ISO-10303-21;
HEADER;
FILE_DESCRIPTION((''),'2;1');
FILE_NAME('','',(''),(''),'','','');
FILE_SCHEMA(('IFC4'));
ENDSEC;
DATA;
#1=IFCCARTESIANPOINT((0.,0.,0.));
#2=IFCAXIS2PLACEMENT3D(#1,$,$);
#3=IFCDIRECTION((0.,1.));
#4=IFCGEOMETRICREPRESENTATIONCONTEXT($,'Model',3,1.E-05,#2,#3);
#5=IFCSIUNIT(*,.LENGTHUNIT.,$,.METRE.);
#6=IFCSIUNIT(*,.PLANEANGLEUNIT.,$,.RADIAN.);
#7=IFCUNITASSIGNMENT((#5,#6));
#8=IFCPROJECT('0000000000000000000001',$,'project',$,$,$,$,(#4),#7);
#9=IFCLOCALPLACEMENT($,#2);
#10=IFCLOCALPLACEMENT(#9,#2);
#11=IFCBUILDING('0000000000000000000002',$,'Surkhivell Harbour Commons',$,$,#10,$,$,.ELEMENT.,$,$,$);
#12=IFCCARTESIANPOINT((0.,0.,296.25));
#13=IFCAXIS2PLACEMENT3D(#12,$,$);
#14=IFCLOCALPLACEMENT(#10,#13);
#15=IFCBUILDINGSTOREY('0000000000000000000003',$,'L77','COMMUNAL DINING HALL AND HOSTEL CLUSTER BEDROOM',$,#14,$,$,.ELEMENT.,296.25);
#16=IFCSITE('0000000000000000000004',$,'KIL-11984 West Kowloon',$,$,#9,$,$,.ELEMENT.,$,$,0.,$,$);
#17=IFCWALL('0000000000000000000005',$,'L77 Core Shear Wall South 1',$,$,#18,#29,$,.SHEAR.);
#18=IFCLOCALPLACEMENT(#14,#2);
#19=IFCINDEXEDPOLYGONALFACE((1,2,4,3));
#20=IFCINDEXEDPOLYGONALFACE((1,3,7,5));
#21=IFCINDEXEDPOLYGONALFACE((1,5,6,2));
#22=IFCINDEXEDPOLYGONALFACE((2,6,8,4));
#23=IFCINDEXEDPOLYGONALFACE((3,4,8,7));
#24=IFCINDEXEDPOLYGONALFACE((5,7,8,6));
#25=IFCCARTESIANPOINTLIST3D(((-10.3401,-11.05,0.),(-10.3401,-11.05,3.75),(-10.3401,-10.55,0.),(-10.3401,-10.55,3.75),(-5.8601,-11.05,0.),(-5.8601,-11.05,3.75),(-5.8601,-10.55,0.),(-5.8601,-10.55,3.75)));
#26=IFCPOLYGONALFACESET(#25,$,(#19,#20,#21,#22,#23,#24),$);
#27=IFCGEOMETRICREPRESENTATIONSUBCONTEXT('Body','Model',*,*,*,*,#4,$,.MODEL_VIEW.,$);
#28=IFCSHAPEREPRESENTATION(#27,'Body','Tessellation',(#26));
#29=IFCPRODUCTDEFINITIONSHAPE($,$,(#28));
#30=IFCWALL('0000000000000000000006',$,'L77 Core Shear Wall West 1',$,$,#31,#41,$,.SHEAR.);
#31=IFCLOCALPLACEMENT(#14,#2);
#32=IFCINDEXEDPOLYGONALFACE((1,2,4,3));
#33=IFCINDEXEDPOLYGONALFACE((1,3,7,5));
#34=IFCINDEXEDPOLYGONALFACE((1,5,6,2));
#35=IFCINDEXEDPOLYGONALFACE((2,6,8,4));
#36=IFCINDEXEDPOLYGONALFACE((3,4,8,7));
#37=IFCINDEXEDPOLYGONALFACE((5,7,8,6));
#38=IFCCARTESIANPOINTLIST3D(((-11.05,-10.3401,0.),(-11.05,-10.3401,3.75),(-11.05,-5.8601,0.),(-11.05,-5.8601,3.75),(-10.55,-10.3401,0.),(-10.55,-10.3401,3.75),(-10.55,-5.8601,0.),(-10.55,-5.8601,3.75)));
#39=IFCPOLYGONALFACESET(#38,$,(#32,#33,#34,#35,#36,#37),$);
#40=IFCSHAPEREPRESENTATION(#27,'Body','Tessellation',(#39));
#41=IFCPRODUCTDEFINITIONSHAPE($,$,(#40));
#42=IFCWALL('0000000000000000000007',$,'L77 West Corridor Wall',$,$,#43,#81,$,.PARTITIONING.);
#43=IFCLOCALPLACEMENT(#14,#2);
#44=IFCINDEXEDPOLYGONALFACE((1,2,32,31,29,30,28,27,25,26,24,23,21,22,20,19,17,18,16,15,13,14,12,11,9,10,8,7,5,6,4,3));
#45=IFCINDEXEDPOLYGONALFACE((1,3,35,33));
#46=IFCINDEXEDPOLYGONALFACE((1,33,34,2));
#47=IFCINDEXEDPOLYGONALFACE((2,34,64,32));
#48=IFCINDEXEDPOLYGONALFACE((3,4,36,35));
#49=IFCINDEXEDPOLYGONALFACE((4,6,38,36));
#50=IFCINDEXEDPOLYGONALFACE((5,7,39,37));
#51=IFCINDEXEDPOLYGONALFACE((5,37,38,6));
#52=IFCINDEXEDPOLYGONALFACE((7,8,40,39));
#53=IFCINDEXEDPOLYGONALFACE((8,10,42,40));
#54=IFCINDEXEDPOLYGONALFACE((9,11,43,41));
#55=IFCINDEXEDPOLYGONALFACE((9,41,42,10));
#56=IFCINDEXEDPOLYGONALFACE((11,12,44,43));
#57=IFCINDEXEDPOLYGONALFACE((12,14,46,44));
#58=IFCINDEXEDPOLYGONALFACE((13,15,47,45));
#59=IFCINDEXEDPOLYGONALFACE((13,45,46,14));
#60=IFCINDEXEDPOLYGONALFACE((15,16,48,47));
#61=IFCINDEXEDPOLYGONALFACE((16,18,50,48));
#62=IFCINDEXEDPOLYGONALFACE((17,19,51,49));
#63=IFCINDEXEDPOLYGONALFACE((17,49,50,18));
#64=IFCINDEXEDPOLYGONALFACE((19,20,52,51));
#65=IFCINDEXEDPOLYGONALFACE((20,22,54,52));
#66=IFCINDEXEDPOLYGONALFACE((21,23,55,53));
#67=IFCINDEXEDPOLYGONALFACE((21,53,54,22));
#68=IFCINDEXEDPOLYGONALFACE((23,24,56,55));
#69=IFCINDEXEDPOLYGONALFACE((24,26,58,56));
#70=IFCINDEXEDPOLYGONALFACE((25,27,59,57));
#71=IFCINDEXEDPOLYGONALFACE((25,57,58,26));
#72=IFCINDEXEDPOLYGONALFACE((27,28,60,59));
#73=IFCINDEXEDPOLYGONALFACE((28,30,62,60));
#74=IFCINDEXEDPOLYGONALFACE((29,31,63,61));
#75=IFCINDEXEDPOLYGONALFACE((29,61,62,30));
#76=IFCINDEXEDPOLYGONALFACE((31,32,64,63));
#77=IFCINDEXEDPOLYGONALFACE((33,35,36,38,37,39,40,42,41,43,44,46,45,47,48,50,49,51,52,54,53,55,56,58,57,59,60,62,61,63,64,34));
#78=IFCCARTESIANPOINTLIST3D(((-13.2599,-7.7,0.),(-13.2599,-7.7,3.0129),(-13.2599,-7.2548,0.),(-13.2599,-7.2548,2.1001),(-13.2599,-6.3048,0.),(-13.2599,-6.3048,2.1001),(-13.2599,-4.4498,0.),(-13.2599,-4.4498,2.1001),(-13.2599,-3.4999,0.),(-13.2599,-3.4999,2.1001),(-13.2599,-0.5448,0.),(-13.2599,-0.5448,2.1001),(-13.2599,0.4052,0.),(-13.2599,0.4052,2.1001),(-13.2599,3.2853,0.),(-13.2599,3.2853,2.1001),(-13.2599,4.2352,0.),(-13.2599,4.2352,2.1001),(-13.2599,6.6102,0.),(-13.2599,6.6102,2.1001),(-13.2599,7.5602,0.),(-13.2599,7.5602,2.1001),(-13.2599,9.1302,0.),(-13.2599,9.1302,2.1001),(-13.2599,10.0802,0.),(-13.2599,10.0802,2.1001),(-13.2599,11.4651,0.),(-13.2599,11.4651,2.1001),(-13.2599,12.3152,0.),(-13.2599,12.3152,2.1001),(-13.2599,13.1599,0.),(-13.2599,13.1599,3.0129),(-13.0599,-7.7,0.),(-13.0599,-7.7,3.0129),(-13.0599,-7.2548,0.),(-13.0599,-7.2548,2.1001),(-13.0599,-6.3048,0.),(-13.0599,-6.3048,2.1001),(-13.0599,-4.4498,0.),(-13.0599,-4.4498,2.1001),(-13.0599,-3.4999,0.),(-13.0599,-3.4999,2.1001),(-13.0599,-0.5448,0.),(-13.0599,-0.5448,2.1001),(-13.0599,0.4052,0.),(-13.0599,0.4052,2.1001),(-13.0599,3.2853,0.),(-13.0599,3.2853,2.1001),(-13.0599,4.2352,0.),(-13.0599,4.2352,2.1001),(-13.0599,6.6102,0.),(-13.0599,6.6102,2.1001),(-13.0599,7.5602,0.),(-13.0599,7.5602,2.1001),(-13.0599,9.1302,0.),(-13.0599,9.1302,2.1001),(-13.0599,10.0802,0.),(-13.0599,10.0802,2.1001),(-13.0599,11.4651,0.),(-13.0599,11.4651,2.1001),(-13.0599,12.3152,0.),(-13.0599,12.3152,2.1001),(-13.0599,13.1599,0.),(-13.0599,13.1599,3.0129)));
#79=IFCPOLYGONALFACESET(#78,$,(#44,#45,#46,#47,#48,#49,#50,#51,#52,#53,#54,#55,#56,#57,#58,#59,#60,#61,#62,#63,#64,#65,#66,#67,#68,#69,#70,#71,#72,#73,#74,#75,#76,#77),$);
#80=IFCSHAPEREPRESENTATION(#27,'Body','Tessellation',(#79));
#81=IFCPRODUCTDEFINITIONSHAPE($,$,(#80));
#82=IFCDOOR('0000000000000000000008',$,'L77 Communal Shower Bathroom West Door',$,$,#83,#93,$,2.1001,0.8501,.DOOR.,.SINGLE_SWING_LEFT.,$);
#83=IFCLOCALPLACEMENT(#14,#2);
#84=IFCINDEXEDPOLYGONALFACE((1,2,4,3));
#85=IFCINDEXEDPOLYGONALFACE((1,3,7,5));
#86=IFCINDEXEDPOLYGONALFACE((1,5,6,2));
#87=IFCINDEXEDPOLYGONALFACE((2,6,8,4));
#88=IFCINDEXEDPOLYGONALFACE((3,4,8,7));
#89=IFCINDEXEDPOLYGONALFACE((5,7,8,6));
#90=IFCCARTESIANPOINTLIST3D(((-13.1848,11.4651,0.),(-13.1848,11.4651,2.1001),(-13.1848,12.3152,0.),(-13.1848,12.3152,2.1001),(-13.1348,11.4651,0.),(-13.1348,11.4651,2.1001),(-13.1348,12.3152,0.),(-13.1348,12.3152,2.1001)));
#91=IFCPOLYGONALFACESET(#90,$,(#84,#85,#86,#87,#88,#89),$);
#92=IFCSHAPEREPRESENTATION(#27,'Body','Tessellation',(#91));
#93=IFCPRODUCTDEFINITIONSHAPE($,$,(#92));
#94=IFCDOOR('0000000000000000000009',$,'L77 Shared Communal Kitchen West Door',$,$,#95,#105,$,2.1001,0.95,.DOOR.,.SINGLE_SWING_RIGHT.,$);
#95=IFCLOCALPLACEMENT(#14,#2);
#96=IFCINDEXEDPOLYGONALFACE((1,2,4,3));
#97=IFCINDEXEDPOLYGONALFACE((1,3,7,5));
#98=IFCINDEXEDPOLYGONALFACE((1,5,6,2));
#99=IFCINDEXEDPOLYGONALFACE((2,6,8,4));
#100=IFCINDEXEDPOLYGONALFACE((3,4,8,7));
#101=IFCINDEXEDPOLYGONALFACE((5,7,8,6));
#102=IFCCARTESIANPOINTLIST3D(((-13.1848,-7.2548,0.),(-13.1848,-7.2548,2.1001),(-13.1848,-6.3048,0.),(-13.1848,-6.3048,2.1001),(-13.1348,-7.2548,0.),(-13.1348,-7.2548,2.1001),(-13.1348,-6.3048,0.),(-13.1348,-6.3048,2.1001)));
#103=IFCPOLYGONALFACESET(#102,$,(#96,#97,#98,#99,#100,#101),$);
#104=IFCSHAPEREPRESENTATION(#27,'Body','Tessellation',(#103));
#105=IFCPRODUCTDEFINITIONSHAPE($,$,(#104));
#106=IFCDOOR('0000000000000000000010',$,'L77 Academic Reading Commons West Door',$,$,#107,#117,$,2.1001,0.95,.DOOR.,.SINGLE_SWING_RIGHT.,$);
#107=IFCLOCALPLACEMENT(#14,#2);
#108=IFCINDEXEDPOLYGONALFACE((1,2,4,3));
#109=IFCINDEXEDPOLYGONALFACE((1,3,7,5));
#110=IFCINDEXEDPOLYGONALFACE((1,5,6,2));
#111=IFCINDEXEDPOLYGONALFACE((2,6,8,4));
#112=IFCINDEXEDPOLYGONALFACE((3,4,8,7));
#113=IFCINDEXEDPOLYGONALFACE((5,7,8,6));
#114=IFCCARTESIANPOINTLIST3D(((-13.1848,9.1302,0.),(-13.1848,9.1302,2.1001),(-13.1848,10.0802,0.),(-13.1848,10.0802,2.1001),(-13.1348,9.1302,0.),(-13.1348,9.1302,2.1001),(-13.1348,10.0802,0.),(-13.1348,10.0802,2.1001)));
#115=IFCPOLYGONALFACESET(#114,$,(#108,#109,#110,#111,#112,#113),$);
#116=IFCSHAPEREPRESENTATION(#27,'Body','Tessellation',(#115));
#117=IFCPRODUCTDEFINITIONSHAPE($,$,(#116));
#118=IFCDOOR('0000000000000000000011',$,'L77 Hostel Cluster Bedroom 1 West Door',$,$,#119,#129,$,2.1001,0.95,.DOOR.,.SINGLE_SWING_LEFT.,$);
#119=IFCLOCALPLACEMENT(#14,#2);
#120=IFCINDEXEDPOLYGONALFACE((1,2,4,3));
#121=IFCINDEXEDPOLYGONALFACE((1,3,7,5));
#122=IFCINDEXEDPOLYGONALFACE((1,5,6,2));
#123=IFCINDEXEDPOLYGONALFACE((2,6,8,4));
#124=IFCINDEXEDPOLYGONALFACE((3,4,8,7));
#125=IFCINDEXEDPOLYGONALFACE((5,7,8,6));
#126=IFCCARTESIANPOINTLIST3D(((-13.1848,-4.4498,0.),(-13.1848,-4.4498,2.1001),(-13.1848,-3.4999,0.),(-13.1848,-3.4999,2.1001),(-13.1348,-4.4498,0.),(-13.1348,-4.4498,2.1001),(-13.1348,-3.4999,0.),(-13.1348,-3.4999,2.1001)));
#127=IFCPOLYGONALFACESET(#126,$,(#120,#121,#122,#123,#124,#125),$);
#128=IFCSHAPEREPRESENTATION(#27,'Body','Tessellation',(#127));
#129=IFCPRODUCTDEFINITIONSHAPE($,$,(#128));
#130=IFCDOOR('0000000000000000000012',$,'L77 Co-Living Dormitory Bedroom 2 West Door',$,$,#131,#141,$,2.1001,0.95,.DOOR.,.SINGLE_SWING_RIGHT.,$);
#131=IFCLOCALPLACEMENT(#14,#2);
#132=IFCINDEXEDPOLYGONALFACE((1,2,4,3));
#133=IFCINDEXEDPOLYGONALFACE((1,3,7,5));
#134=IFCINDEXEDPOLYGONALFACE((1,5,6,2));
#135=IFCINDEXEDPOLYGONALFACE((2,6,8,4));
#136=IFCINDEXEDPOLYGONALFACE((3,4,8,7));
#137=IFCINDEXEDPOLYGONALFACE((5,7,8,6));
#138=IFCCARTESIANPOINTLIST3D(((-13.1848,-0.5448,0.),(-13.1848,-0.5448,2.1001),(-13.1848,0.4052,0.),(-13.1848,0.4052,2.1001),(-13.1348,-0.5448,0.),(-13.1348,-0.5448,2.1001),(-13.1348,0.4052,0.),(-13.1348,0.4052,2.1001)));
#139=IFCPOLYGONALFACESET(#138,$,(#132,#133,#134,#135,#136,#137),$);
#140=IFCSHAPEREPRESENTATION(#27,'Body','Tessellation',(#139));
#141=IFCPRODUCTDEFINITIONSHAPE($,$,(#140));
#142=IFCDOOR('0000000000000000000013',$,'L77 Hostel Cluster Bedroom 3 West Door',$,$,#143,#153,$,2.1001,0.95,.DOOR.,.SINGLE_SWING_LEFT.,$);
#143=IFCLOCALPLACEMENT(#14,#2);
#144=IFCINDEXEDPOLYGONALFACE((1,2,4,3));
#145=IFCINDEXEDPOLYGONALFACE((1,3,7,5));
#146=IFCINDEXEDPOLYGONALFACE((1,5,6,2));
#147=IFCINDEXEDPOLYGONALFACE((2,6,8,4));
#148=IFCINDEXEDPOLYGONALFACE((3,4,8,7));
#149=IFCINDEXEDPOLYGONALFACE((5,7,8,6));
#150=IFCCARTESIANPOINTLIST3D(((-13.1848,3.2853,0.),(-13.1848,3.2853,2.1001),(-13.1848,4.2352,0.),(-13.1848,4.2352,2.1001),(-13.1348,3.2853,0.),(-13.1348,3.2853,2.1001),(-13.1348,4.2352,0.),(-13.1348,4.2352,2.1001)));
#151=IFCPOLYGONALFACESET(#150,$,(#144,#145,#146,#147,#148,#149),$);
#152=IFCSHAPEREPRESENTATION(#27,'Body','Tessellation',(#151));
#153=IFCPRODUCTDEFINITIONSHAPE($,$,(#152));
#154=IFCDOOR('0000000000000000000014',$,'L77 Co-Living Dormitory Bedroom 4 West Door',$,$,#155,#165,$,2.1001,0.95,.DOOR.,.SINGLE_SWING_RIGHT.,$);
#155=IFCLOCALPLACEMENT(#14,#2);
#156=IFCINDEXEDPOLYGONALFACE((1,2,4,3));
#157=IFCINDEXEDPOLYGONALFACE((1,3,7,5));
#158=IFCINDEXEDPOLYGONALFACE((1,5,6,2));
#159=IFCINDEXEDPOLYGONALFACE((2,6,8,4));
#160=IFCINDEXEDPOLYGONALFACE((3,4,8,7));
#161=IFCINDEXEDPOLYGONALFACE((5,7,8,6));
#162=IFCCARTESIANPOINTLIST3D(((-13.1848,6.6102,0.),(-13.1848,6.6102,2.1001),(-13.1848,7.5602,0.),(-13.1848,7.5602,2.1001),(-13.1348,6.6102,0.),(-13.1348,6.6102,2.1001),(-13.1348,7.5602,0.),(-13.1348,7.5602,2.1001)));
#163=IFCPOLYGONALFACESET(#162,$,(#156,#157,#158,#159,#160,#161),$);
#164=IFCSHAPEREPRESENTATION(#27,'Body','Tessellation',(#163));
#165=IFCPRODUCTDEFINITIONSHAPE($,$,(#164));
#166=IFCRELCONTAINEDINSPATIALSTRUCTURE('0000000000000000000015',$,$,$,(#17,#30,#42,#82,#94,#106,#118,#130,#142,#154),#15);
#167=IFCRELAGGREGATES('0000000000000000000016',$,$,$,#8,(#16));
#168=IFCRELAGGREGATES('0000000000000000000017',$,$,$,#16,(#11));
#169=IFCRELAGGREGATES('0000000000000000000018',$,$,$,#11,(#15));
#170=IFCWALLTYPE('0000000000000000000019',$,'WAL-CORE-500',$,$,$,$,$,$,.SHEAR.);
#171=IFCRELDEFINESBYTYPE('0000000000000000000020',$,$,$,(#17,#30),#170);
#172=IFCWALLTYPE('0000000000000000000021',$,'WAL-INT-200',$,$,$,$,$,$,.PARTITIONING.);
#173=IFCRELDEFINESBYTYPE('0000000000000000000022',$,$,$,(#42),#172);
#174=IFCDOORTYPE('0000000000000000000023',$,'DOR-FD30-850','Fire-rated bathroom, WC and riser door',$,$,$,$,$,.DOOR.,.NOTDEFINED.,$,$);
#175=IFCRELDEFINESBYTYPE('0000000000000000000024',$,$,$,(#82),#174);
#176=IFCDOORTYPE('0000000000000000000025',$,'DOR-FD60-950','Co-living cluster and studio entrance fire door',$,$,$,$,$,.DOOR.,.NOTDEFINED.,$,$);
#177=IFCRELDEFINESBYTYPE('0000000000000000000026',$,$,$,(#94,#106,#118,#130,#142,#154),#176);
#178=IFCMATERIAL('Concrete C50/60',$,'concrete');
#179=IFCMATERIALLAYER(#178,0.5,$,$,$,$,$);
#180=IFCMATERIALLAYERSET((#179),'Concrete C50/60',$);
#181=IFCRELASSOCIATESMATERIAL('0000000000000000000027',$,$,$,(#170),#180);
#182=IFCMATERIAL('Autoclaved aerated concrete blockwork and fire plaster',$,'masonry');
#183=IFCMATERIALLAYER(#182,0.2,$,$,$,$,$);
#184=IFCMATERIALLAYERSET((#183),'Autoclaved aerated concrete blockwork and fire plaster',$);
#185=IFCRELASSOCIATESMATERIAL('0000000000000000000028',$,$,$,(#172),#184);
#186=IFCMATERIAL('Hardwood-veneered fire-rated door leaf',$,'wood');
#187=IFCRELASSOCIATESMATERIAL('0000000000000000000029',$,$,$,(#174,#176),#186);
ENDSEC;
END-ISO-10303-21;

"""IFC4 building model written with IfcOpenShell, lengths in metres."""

from ifc_helpers import new_model, si_unit, direction, frame, frame_2d, origin, place, context, subcontext, project, spatial, rectangle, extrude, material, layer, layer_set, type_object, element, fill, save


model = new_model("IFC4")

# Units and contexts
model_context = context("Model", 3, precision=1e-05, world=origin(), true_north=direction((0.0, 1.0)))
body_context = subcontext(model_context, "Body", "Model", "MODEL_VIEW")
ifc_project = project(units=[si_unit("LENGTHUNIT", "METRE"), si_unit("PLANEANGLEUNIT", "RADIAN")], contexts=[model_context])

# Site, building, storey
site_placement = place(None, origin())
site = spatial("IfcSite", under=ifc_project, at=site_placement, Name="KIL-11984 West Kowloon", CompositionType="ELEMENT", RefElevation=0.0)
building_placement = place(site_placement, origin())
building = spatial("IfcBuilding", under=site, at=building_placement, Name="Surkhivell Harbour Commons", CompositionType="ELEMENT")
storey_placement = place(building_placement, frame((0.0, 0.0, 296.25)))
storey = spatial("IfcBuildingStorey", under=building, at=storey_placement, Name="L77", Description="COMMUNAL DINING HALL AND HOSTEL CLUSTER BEDROOM", CompositionType="ELEMENT", Elevation=296.25)

# Walls
ifc_material_1 = material(Name="Concrete C50/60", Category="concrete")
ifc_layer_1 = layer(ifc_material_1, 0.5)
ifc_layer_set_1 = layer_set([ifc_layer_1], Name="Concrete C50/60")
wall_type_1 = type_object("IfcWallType", Name="WAL-CORE-500", PredefinedType="SHEAR", material=ifc_layer_set_1)
for number, where, z_axis, x_axis, name in (
    (1, (-10.3401, -10.8, 0.0), (0.0, 0.0, 1.0), (1.0, 0.0, 0.0), "L77 Core Shear Wall South 1"),
    (2, (-10.8, -10.3401, 0.0), (0.0, 0.0, 1.0), (0.0, 1.0, 0.0), "L77 Core Shear Wall West 1"),
):
    element("IfcWall", number, at=place(storey_placement, frame(where, z_axis=z_axis, x_axis=x_axis)), inside=storey, type_object=wall_type_1, Name=name, PredefinedType="SHEAR", context=body_context, shape_type="SweptSolid", body=[
        extrude(rectangle(XDim=4.48, YDim=0.5, at=frame_2d((2.24, 0.0))), origin(), (0.0, 0.0, 1.0), 3.75),
    ])

# Wall, openings, doors
ifc_material_2 = material(Name="Autoclaved aerated concrete blockwork and fire plaster", Category="masonry")
ifc_layer_2 = layer(ifc_material_2, 0.2)
ifc_layer_set_2 = layer_set([ifc_layer_2], Name="Autoclaved aerated concrete blockwork and fire plaster")
wall_type_2 = type_object("IfcWallType", Name="WAL-INT-200", PredefinedType="PARTITIONING", material=ifc_layer_set_2)
wall_1_placement = place(storey_placement, frame((-13.1599, -7.7, 0.0), z_axis=(0.0, 0.0, 1.0), x_axis=(0.0, 1.0, 0.0)))
wall_1 = element("IfcWall", 3, at=wall_1_placement, inside=storey, type_object=wall_type_2, Name="L77 West Corridor Wall", PredefinedType="PARTITIONING", context=body_context, shape_type="SweptSolid", body=[
    extrude(rectangle(XDim=20.8599, YDim=0.2, at=frame_2d((10.4299, 0.0))), origin(), (0.0, 0.0, 1.0), 3.0129),
])
opening_1_placement = place(wall_1_placement, frame((0.4451, 0.0, 0.0)))
opening_1 = element("IfcOpeningElement", 4, at=opening_1_placement, cuts=wall_1, PredefinedType="OPENING", context=body_context, shape_type="SweptSolid", body=[
    extrude(rectangle(XDim=0.95, YDim=2.1001, at=frame_2d((0.4751, 1.05))), frame((0.0, 0.1099, 0.0), z_axis=(0.0, -1.0, 0.0), x_axis=(1.0, 0.0, 0.0)), (0.0, 0.0, 1.0), 0.22),
])
opening_2_placement = place(wall_1_placement, frame((19.165, 0.0, 0.0)))
opening_2 = element("IfcOpeningElement", 5, at=opening_2_placement, cuts=wall_1, PredefinedType="OPENING", context=body_context, shape_type="SweptSolid", body=[
    extrude(rectangle(XDim=0.8501, YDim=2.1001, at=frame_2d((0.425, 1.05))), frame((0.0, 0.1099, 0.0), z_axis=(0.0, -1.0, 0.0), x_axis=(1.0, 0.0, 0.0)), (0.0, 0.0, 1.0), 0.22),
])
opening_3_placement = place(wall_1_placement, frame((16.8301, 0.0, 0.0)))
opening_3 = element("IfcOpeningElement", 6, at=opening_3_placement, cuts=wall_1, PredefinedType="OPENING", context=body_context, shape_type="SweptSolid", body=[
    extrude(rectangle(XDim=0.95, YDim=2.1001, at=frame_2d((0.4751, 1.05))), frame((0.0, 0.1099, 0.0), z_axis=(0.0, -1.0, 0.0), x_axis=(1.0, 0.0, 0.0)), (0.0, 0.0, 1.0), 0.22),
])
opening_4_placement = place(wall_1_placement, frame((3.25, 0.0, 0.0)))
opening_4 = element("IfcOpeningElement", 7, at=opening_4_placement, cuts=wall_1, PredefinedType="OPENING", context=body_context, shape_type="SweptSolid", body=[
    extrude(rectangle(XDim=0.95, YDim=2.1001, at=frame_2d((0.4751, 1.05))), frame((0.0, 0.1099, 0.0), z_axis=(0.0, -1.0, 0.0), x_axis=(1.0, 0.0, 0.0)), (0.0, 0.0, 1.0), 0.22),
])
opening_5_placement = place(wall_1_placement, frame((7.155, 0.0, 0.0)))
opening_5 = element("IfcOpeningElement", 8, at=opening_5_placement, cuts=wall_1, PredefinedType="OPENING", context=body_context, shape_type="SweptSolid", body=[
    extrude(rectangle(XDim=0.95, YDim=2.1001, at=frame_2d((0.4751, 1.05))), frame((0.0, 0.1099, 0.0), z_axis=(0.0, -1.0, 0.0), x_axis=(1.0, 0.0, 0.0)), (0.0, 0.0, 1.0), 0.22),
])
opening_6_placement = place(wall_1_placement, frame((10.9851, 0.0, 0.0)))
opening_6 = element("IfcOpeningElement", 9, at=opening_6_placement, cuts=wall_1, PredefinedType="OPENING", context=body_context, shape_type="SweptSolid", body=[
    extrude(rectangle(XDim=0.95, YDim=2.1001, at=frame_2d((0.4751, 1.05))), frame((0.0, 0.1099, 0.0), z_axis=(0.0, -1.0, 0.0), x_axis=(1.0, 0.0, 0.0)), (0.0, 0.0, 1.0), 0.22),
])
opening_7_placement = place(wall_1_placement, frame((14.3101, 0.0, 0.0)))
opening_7 = element("IfcOpeningElement", 10, at=opening_7_placement, cuts=wall_1, PredefinedType="OPENING", context=body_context, shape_type="SweptSolid", body=[
    extrude(rectangle(XDim=0.95, YDim=2.1001, at=frame_2d((0.4751, 1.05))), frame((0.0, 0.1099, 0.0), z_axis=(0.0, -1.0, 0.0), x_axis=(1.0, 0.0, 0.0)), (0.0, 0.0, 1.0), 0.22),
])
ifc_material_3 = material(Name="Hardwood-veneered fire-rated door leaf", Category="wood")
door_type_1 = type_object("IfcDoorType", Name="DOR-FD30-850", Description="Fire-rated bathroom, WC and riser door", OperationType="NOTDEFINED", PredefinedType="DOOR", material=ifc_material_3)
door_1_placement = place(opening_2_placement, origin())
door_1 = element("IfcDoor", 11, at=door_1_placement, inside=storey, type_object=door_type_1, Name="L77 Communal Shower Bathroom West Door", OperationType="SINGLE_SWING_LEFT", OverallHeight=2.1001, OverallWidth=0.8501, PredefinedType="DOOR", context=body_context, shape_type="SweptSolid", body=[
    extrude(rectangle(XDim=0.8501, YDim=2.1001, at=frame_2d((0.425, 1.05))), frame((0.0, 0.0249, 0.0), z_axis=(0.0, -1.0, 0.0), x_axis=(1.0, 0.0, 0.0)), (0.0, 0.0, 1.0), 0.05),
])
fill(opening_2, door_1)
door_type_2 = type_object("IfcDoorType", Name="DOR-FD60-950", Description="Co-living cluster and studio entrance fire door", OperationType="NOTDEFINED", PredefinedType="DOOR", material=ifc_material_3)
door_2_placement = place(opening_1_placement, origin())
door_2 = element("IfcDoor", 12, at=door_2_placement, inside=storey, type_object=door_type_2, Name="L77 Shared Communal Kitchen West Door", OperationType="SINGLE_SWING_RIGHT", OverallHeight=2.1001, OverallWidth=0.95, PredefinedType="DOOR", context=body_context, shape_type="SweptSolid", body=[
    extrude(rectangle(XDim=0.95, YDim=2.1001, at=frame_2d((0.4751, 1.05))), frame((0.0, 0.0249, 0.0), z_axis=(0.0, -1.0, 0.0), x_axis=(1.0, 0.0, 0.0)), (0.0, 0.0, 1.0), 0.05),
])
fill(opening_1, door_2)
door_3_placement = place(opening_3_placement, origin())
door_3 = element("IfcDoor", 13, at=door_3_placement, inside=storey, type_object=door_type_2, Name="L77 Academic Reading Commons West Door", OperationType="SINGLE_SWING_RIGHT", OverallHeight=2.1001, OverallWidth=0.95, PredefinedType="DOOR", context=body_context, shape_type="SweptSolid", body=[
    extrude(rectangle(XDim=0.95, YDim=2.1001, at=frame_2d((0.4751, 1.05))), frame((0.0, 0.0249, 0.0), z_axis=(0.0, -1.0, 0.0), x_axis=(1.0, 0.0, 0.0)), (0.0, 0.0, 1.0), 0.05),
])
fill(opening_3, door_3)
door_4_placement = place(opening_4_placement, origin())
door_4 = element("IfcDoor", 14, at=door_4_placement, inside=storey, type_object=door_type_2, Name="L77 Hostel Cluster Bedroom 1 West Door", OperationType="SINGLE_SWING_LEFT", OverallHeight=2.1001, OverallWidth=0.95, PredefinedType="DOOR", context=body_context, shape_type="SweptSolid", body=[
    extrude(rectangle(XDim=0.95, YDim=2.1001, at=frame_2d((0.4751, 1.05))), frame((0.0, 0.0249, 0.0), z_axis=(0.0, -1.0, 0.0), x_axis=(1.0, 0.0, 0.0)), (0.0, 0.0, 1.0), 0.05),
])
fill(opening_4, door_4)
door_5_placement = place(opening_5_placement, origin())
door_5 = element("IfcDoor", 15, at=door_5_placement, inside=storey, type_object=door_type_2, Name="L77 Co-Living Dormitory Bedroom 2 West Door", OperationType="SINGLE_SWING_RIGHT", OverallHeight=2.1001, OverallWidth=0.95, PredefinedType="DOOR", context=body_context, shape_type="SweptSolid", body=[
    extrude(rectangle(XDim=0.95, YDim=2.1001, at=frame_2d((0.4751, 1.05))), frame((0.0, 0.0249, 0.0), z_axis=(0.0, -1.0, 0.0), x_axis=(1.0, 0.0, 0.0)), (0.0, 0.0, 1.0), 0.05),
])
fill(opening_5, door_5)
door_6_placement = place(opening_6_placement, origin())
door_6 = element("IfcDoor", 16, at=door_6_placement, inside=storey, type_object=door_type_2, Name="L77 Hostel Cluster Bedroom 3 West Door", OperationType="SINGLE_SWING_LEFT", OverallHeight=2.1001, OverallWidth=0.95, PredefinedType="DOOR", context=body_context, shape_type="SweptSolid", body=[
    extrude(rectangle(XDim=0.95, YDim=2.1001, at=frame_2d((0.4751, 1.05))), frame((0.0, 0.0249, 0.0), z_axis=(0.0, -1.0, 0.0), x_axis=(1.0, 0.0, 0.0)), (0.0, 0.0, 1.0), 0.05),
])
fill(opening_6, door_6)
door_7_placement = place(opening_7_placement, origin())
door_7 = element("IfcDoor", 17, at=door_7_placement, inside=storey, type_object=door_type_2, Name="L77 Co-Living Dormitory Bedroom 4 West Door", OperationType="SINGLE_SWING_RIGHT", OverallHeight=2.1001, OverallWidth=0.95, PredefinedType="DOOR", context=body_context, shape_type="SweptSolid", body=[
    extrude(rectangle(XDim=0.95, YDim=2.1001, at=frame_2d((0.4751, 1.05))), frame((0.0, 0.0249, 0.0), z_axis=(0.0, -1.0, 0.0), x_axis=(1.0, 0.0, 0.0)), (0.0, 0.0, 1.0), 0.05),
])
fill(opening_7, door_7)

save(model, "model.ifc")
